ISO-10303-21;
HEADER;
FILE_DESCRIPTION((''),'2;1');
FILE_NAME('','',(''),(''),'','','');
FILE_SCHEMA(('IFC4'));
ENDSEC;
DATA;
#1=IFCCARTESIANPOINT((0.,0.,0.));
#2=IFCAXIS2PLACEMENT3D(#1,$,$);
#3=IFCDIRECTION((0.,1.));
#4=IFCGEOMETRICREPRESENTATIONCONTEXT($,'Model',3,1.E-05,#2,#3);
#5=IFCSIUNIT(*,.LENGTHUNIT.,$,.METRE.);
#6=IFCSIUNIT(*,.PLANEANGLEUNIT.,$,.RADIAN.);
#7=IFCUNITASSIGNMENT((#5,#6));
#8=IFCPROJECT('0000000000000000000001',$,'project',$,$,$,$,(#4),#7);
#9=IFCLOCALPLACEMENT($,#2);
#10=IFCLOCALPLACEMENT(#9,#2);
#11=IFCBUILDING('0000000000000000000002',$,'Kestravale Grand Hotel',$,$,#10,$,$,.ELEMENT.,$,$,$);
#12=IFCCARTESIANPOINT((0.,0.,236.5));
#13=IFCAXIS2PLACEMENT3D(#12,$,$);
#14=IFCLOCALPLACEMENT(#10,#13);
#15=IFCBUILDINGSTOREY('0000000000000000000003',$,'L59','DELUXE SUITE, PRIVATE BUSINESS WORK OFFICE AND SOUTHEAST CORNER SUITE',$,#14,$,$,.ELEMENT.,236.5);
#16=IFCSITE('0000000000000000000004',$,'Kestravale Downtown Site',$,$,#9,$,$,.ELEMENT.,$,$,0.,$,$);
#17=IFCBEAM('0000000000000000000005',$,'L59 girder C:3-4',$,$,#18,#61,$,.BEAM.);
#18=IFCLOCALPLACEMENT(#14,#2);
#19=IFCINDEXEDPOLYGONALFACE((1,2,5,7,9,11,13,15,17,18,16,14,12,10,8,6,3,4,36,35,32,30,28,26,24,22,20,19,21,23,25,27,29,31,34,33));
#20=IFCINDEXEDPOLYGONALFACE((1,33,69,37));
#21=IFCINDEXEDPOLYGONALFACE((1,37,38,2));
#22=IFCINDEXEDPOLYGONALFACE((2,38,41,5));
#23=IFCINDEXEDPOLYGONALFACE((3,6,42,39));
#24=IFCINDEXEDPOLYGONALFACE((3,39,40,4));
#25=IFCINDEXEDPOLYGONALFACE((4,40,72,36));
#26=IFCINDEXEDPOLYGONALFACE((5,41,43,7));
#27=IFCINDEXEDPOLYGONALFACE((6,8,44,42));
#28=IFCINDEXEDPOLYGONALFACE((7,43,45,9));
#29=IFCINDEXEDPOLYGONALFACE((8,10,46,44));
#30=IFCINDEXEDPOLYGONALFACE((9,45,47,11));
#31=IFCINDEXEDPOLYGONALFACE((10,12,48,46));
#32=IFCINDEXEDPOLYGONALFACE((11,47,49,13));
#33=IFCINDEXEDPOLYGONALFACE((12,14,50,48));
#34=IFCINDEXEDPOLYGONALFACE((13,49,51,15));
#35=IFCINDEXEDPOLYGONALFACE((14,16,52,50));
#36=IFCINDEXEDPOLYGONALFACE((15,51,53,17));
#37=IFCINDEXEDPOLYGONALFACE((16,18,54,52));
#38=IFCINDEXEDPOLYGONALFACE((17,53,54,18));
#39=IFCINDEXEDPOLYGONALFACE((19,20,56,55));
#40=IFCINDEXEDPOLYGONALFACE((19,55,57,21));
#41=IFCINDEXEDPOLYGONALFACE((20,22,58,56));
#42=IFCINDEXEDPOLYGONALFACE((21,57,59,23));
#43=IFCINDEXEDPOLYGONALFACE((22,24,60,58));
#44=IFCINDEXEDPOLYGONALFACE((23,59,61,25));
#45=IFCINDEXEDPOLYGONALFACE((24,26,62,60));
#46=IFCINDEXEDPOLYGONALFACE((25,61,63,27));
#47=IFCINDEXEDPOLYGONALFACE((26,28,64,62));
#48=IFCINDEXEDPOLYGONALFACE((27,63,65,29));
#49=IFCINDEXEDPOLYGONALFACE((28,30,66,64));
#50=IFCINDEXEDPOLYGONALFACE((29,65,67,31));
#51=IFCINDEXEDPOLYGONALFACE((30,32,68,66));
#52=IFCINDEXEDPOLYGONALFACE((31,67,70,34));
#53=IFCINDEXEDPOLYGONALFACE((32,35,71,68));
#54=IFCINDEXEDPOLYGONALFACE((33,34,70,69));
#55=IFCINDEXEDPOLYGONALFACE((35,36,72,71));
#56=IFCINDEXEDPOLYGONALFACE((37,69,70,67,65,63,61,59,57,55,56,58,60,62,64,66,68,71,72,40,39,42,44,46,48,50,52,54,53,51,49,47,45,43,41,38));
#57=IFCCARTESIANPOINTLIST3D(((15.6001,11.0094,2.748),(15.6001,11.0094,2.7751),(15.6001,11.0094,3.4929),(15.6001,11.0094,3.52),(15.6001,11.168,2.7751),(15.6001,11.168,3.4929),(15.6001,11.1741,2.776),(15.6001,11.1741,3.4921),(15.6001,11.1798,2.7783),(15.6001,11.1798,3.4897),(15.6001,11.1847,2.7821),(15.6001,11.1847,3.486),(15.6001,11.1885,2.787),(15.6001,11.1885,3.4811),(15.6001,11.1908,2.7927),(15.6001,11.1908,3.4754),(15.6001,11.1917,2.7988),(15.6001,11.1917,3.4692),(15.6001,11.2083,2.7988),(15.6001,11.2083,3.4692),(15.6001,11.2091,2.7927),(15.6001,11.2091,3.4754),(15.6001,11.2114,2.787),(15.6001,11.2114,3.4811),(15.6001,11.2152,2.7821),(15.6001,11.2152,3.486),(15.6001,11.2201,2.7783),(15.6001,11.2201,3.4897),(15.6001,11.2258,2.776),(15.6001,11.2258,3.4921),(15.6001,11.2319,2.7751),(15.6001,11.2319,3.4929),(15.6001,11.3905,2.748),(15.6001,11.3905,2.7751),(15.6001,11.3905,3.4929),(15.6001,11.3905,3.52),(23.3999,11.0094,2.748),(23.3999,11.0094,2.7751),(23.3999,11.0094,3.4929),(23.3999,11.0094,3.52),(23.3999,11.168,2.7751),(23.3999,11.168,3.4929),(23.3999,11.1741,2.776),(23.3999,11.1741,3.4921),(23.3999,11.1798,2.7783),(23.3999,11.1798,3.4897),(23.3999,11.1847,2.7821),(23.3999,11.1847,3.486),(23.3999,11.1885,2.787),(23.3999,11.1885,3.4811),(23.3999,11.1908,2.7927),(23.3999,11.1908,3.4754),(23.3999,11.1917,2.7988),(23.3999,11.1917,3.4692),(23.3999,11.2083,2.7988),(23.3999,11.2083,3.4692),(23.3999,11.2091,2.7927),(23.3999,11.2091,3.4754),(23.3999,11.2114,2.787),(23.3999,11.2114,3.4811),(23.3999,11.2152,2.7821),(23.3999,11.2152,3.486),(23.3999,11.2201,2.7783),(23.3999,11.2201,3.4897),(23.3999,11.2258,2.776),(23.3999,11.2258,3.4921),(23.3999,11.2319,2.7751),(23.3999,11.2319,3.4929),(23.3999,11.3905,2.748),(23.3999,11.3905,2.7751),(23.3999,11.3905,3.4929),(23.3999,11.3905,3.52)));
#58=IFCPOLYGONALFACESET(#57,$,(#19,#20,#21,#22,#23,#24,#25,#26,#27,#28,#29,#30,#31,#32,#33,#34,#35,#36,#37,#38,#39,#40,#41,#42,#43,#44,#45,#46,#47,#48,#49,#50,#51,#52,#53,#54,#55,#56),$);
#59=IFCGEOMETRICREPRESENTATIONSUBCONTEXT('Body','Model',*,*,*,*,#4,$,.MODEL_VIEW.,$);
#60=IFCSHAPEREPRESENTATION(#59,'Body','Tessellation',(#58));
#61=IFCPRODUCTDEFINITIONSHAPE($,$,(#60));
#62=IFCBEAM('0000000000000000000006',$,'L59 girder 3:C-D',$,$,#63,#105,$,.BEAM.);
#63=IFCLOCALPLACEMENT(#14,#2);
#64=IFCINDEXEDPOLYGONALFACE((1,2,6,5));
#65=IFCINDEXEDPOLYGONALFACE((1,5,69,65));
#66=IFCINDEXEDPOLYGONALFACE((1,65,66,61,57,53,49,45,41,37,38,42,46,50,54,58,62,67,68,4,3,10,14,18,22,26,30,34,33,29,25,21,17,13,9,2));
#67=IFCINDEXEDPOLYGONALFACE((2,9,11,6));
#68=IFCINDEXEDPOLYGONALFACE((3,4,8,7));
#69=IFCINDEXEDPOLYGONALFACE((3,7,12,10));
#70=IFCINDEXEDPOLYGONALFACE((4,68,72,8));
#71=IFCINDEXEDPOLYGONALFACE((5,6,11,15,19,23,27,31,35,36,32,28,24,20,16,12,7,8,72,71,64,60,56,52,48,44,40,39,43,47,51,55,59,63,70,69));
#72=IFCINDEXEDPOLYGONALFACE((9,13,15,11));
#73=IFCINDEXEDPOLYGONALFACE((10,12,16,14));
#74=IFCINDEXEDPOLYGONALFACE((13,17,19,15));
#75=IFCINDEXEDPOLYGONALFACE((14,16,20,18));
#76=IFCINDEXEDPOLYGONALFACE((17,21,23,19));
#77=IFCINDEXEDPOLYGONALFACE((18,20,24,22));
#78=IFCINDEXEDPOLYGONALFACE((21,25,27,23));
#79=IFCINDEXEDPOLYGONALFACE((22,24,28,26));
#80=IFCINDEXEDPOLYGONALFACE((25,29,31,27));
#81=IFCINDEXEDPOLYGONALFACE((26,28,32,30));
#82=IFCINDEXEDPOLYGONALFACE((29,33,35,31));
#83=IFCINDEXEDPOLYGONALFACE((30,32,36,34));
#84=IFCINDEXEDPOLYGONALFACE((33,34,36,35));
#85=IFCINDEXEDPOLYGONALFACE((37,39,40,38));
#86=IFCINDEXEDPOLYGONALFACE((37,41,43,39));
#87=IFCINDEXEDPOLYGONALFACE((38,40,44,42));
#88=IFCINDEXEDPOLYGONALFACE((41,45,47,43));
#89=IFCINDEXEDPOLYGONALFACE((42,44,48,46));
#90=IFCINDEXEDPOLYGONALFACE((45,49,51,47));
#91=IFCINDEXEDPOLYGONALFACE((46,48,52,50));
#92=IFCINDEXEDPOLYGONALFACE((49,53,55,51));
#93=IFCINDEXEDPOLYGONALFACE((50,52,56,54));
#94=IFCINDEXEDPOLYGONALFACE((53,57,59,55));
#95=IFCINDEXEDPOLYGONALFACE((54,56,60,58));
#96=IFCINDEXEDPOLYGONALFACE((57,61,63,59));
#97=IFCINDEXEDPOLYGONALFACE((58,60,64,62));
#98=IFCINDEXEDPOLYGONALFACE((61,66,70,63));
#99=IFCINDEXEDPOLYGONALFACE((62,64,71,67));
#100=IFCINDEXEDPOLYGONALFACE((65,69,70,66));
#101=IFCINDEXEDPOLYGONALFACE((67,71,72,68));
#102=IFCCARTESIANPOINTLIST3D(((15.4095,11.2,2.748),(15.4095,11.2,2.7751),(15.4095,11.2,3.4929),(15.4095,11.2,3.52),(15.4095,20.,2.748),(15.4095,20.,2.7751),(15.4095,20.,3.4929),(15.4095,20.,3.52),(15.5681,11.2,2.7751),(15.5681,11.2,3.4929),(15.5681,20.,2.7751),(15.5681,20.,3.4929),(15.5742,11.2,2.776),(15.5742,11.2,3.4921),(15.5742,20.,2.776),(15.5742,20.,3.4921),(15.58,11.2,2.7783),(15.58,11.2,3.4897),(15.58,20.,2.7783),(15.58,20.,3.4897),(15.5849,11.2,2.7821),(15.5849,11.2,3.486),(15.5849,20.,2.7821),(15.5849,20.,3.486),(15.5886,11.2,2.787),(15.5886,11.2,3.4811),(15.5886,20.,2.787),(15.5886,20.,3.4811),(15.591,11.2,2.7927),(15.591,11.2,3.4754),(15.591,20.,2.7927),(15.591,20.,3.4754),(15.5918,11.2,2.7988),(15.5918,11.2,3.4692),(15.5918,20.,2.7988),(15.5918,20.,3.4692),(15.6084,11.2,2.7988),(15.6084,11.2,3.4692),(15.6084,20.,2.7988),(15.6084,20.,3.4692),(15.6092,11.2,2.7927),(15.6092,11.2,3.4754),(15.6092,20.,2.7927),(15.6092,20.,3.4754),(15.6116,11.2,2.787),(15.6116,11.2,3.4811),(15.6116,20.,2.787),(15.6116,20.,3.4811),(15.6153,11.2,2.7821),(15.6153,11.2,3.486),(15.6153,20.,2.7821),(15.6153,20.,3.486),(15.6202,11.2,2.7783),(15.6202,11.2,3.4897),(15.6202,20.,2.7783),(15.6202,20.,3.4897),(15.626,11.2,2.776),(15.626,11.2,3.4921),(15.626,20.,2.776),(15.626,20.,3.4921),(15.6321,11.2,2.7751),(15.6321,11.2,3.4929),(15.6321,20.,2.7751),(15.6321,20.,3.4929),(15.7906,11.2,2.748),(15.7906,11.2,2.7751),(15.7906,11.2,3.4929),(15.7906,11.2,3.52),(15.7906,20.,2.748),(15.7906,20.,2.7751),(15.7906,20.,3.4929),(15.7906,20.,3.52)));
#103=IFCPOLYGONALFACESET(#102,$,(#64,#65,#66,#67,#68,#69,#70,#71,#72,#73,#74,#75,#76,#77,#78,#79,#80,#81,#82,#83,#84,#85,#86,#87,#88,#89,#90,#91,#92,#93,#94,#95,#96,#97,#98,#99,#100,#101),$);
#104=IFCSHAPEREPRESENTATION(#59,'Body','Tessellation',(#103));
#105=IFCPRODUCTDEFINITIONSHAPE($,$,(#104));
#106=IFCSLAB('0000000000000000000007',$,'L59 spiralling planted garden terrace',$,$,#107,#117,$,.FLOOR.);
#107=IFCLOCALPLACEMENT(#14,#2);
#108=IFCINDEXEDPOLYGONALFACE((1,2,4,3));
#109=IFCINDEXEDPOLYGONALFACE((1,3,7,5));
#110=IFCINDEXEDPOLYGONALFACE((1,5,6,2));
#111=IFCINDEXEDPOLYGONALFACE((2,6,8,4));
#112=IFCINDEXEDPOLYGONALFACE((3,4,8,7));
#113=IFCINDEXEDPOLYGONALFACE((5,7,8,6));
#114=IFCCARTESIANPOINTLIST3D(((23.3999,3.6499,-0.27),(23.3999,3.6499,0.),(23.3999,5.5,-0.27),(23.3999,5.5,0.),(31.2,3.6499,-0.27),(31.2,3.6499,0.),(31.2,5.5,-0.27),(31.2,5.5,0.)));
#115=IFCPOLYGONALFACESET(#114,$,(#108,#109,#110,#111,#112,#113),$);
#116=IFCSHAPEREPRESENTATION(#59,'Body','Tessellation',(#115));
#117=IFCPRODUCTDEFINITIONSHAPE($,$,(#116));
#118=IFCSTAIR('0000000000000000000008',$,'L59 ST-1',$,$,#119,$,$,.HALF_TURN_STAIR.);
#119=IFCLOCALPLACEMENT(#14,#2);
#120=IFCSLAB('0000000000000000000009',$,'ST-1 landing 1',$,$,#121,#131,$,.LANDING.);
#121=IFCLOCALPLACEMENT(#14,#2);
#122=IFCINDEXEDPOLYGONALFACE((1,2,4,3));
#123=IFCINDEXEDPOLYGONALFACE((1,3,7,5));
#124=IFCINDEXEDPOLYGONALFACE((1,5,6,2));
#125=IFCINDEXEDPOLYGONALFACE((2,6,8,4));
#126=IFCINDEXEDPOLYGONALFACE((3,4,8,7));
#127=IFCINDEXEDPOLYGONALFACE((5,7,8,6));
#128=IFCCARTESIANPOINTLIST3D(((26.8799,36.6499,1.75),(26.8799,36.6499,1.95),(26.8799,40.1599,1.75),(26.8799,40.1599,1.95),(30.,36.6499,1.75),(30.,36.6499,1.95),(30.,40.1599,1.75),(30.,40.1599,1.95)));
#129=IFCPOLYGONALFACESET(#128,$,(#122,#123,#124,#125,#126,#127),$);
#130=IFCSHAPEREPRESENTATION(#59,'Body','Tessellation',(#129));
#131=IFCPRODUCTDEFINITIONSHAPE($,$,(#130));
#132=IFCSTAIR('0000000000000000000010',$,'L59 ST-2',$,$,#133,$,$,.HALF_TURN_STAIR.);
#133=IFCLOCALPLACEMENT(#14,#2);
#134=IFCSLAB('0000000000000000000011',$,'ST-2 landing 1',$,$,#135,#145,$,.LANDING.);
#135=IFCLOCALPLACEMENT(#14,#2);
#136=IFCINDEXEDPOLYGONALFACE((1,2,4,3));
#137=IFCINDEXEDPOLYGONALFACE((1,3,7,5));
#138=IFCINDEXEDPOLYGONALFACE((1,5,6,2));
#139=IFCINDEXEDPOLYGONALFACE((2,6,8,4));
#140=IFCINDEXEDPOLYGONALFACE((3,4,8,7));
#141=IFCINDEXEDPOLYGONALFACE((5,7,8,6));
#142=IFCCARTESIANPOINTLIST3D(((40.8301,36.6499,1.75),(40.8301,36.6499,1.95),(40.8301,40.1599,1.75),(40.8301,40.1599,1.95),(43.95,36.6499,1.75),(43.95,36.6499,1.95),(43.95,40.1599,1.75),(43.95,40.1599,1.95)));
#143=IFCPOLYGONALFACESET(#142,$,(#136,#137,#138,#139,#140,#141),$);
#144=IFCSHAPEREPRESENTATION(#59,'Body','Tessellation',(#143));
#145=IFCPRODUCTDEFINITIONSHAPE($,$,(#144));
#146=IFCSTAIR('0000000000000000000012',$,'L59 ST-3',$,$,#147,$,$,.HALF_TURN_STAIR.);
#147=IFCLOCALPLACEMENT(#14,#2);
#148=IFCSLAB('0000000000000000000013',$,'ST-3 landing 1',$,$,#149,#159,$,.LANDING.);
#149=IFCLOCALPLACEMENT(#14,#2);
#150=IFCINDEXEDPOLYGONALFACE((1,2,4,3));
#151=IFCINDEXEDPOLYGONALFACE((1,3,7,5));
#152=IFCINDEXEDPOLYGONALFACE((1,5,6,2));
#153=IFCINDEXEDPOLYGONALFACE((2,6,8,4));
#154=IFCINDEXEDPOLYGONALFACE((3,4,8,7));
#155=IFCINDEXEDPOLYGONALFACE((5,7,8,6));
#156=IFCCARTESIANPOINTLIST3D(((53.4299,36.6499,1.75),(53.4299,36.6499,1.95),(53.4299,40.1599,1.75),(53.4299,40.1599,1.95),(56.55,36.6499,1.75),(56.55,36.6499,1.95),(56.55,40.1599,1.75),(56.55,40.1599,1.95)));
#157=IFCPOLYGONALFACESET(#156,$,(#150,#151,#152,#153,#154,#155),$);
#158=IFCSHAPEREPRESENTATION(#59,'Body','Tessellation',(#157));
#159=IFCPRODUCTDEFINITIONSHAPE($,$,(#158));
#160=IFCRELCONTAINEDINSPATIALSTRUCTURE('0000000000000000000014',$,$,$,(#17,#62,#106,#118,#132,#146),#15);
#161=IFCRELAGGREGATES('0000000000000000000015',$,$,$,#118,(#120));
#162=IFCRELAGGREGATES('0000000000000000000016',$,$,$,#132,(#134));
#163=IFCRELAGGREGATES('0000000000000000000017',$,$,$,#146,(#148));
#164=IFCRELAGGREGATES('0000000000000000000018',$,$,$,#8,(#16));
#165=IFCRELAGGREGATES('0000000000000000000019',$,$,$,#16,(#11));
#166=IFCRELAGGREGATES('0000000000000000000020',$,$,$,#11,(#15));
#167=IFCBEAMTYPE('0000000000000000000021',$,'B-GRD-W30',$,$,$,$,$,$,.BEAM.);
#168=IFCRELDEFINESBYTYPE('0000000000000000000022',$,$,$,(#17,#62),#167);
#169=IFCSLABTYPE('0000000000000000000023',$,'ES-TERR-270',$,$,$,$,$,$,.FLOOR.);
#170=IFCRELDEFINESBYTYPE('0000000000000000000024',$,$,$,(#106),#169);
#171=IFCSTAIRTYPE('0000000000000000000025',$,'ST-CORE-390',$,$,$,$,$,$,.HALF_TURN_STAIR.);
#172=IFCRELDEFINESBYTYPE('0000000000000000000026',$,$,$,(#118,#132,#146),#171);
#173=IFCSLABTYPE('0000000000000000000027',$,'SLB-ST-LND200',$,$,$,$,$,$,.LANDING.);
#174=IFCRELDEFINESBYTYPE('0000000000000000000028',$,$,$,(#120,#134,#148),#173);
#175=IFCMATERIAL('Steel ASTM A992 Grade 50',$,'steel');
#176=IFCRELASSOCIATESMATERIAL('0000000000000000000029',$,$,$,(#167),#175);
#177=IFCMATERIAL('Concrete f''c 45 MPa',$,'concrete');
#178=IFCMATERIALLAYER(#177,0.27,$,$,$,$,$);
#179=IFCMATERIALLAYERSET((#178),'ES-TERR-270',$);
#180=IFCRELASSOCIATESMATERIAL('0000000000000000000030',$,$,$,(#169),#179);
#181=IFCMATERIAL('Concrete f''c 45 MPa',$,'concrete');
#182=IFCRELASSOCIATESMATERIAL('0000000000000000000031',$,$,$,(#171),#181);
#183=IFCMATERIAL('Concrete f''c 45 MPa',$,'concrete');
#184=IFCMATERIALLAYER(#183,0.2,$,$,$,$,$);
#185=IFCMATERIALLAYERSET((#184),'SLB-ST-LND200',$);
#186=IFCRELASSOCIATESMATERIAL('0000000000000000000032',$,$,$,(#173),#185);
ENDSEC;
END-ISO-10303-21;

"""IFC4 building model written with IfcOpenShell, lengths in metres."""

from ifc_helpers import new_model, si_unit, direction, frame, origin, origin_2d, place, context, subcontext, project, spatial, polyline, i_section, outline, extrude, material, layer, layer_set, material_profile, profile_set, type_object, element, aggregate, save


model = new_model("IFC4")

# Units and contexts
model_context = context("Model", 3, precision=1e-05, world=origin(), true_north=direction((0.0, 1.0)))
body_context = subcontext(model_context, "Body", "Model", "MODEL_VIEW")
ifc_project = project(units=[si_unit("LENGTHUNIT", "METRE"), si_unit("PLANEANGLEUNIT", "RADIAN")], contexts=[model_context])

# Site, building, storey
site_placement = place(None, origin())
site = spatial("IfcSite", under=ifc_project, at=site_placement, Name="Kestravale Downtown Site", CompositionType="ELEMENT", RefElevation=0.0)
building_placement = place(site_placement, origin())
building = spatial("IfcBuilding", under=site, at=building_placement, Name="Kestravale Grand Hotel", CompositionType="ELEMENT")
storey_placement = place(building_placement, frame((0.0, 0.0, 236.5)))
storey = spatial("IfcBuildingStorey", under=building, at=storey_placement, Name="L59", Description="DELUXE SUITE, PRIVATE BUSINESS WORK OFFICE AND SOUTHEAST CORNER SUITE", CompositionType="ELEMENT", Elevation=236.5)

# Beams
ifc_material_1 = material(Name="Steel ASTM A992 Grade 50", Category="steel")
ifc_material_profile_1 = material_profile(ifc_material_1, i_section(OverallWidth=0.3811, OverallDepth=0.772, WebThickness=0.0166, FlangeThickness=0.0271, FilletRadius=0.0237, at=origin_2d()))
ifc_profile_set_1 = profile_set([ifc_material_profile_1], Name="Steel ASTM A992 Grade 50")
beam_type_1 = type_object("IfcBeamType", Name="B-GRD-W30", PredefinedType="BEAM", material=ifc_profile_set_1)
beam_1_placement = place(storey_placement, frame((15.6001, 11.2, 3.134), z_axis=(1.0, 0.0, 0.0), x_axis=(0.0, 1.0, 0.0)))
element("IfcBeam", 1, at=beam_1_placement, inside=storey, type_object=beam_type_1, Name="L59 girder C:3-4", PredefinedType="BEAM", context=body_context, shape_type="SweptSolid", body=[
    extrude(i_section(OverallWidth=0.3811, OverallDepth=0.772, WebThickness=0.0166, FlangeThickness=0.0271, FilletRadius=0.0237, at=origin_2d()), origin(), (0.0, 0.0, 1.0), 7.7998),
])
beam_2_placement = place(storey_placement, frame((15.6001, 11.2, 3.134), z_axis=(0.0, 1.0, 0.0), x_axis=(-1.0, 0.0, 0.0)))
element("IfcBeam", 2, at=beam_2_placement, inside=storey, type_object=beam_type_1, Name="L59 girder 3:C-D", PredefinedType="BEAM", context=body_context, shape_type="SweptSolid", body=[
    extrude(i_section(OverallWidth=0.3811, OverallDepth=0.772, WebThickness=0.0166, FlangeThickness=0.0271, FilletRadius=0.0237, at=origin_2d()), origin(), (0.0, 0.0, 1.0), 8.8),
])

# Slab
ifc_material_2 = material(Name="Concrete f'c 45 MPa", Category="concrete")
ifc_layer_1 = layer(ifc_material_2, 0.27)
ifc_layer_set_1 = layer_set([ifc_layer_1], Name="ES-TERR-270")
slab_type_1 = type_object("IfcSlabType", Name="ES-TERR-270", PredefinedType="FLOOR", material=ifc_layer_set_1)
slab_1_placement = place(storey_placement, frame((0.0, 0.0, -0.27)))
element("IfcSlab", 3, at=slab_1_placement, inside=storey, type_object=slab_type_1, Name="L59 spiralling planted garden terrace", PredefinedType="FLOOR", context=body_context, shape_type="SweptSolid", body=[
    extrude(outline(polyline([(23.3999, 3.6499), (31.2, 3.6499), (31.2, 5.5), (23.3999, 5.5), (23.3999, 3.6499)])), origin(), (0.0, 0.0, 1.0), 0.27),
])

# Stairs, slabs
ifc_material_3 = material(Name="Concrete f'c 45 MPa", Category="concrete")
stair_type = type_object("IfcStairType", Name="ST-CORE-390", PredefinedType="HALF_TURN_STAIR", material=ifc_material_3)
stair_1_placement = place(storey_placement, origin())
stair_1 = element("IfcStair", 4, at=stair_1_placement, inside=storey, type_object=stair_type, Name="L59 ST-1", PredefinedType="HALF_TURN_STAIR")
ifc_material_4 = material(Name="Concrete f'c 45 MPa", Category="concrete")
ifc_layer_2 = layer(ifc_material_4, 0.2)
ifc_layer_set_2 = layer_set([ifc_layer_2], Name="SLB-ST-LND200")
slab_type_2 = type_object("IfcSlabType", Name="SLB-ST-LND200", PredefinedType="LANDING", material=ifc_layer_set_2)
slab_2_placement = place(storey_placement, frame((0.0, 0.0, 1.75)))
slab_2 = element("IfcSlab", 5, at=slab_2_placement, type_object=slab_type_2, Name="ST-1 landing 1", PredefinedType="LANDING", context=body_context, shape_type="SweptSolid", body=[
    extrude(outline(polyline([(26.8799, 36.6499), (30.0, 36.6499), (30.0, 40.1599), (26.8799, 40.1599), (26.8799, 36.6499)])), origin(), (0.0, 0.0, 1.0), 0.2),
])
aggregate(stair_1, [slab_2])
stair_2_placement = place(storey_placement, origin())
stair_2 = element("IfcStair", 6, at=stair_2_placement, inside=storey, type_object=stair_type, Name="L59 ST-2", PredefinedType="HALF_TURN_STAIR")
slab_3_placement = place(storey_placement, frame((0.0, 0.0, 1.75)))
slab_3 = element("IfcSlab", 7, at=slab_3_placement, type_object=slab_type_2, Name="ST-2 landing 1", PredefinedType="LANDING", context=body_context, shape_type="SweptSolid", body=[
    extrude(outline(polyline([(40.8301, 36.6499), (43.95, 36.6499), (43.95, 40.1599), (40.8301, 40.1599), (40.8301, 36.6499)])), origin(), (0.0, 0.0, 1.0), 0.2),
])
aggregate(stair_2, [slab_3])
stair_3_placement = place(storey_placement, origin())
stair_3 = element("IfcStair", 8, at=stair_3_placement, inside=storey, type_object=stair_type, Name="L59 ST-3", PredefinedType="HALF_TURN_STAIR")
slab_4_placement = place(storey_placement, frame((0.0, 0.0, 1.75)))
slab_4 = element("IfcSlab", 9, at=slab_4_placement, type_object=slab_type_2, Name="ST-3 landing 1", PredefinedType="LANDING", context=body_context, shape_type="SweptSolid", body=[
    extrude(outline(polyline([(53.4299, 36.6499), (56.55, 36.6499), (56.55, 40.1599), (53.4299, 40.1599), (53.4299, 36.6499)])), origin(), (0.0, 0.0, 1.0), 0.2),
])
aggregate(stair_3, [slab_4])

save(model, "model.ifc")
